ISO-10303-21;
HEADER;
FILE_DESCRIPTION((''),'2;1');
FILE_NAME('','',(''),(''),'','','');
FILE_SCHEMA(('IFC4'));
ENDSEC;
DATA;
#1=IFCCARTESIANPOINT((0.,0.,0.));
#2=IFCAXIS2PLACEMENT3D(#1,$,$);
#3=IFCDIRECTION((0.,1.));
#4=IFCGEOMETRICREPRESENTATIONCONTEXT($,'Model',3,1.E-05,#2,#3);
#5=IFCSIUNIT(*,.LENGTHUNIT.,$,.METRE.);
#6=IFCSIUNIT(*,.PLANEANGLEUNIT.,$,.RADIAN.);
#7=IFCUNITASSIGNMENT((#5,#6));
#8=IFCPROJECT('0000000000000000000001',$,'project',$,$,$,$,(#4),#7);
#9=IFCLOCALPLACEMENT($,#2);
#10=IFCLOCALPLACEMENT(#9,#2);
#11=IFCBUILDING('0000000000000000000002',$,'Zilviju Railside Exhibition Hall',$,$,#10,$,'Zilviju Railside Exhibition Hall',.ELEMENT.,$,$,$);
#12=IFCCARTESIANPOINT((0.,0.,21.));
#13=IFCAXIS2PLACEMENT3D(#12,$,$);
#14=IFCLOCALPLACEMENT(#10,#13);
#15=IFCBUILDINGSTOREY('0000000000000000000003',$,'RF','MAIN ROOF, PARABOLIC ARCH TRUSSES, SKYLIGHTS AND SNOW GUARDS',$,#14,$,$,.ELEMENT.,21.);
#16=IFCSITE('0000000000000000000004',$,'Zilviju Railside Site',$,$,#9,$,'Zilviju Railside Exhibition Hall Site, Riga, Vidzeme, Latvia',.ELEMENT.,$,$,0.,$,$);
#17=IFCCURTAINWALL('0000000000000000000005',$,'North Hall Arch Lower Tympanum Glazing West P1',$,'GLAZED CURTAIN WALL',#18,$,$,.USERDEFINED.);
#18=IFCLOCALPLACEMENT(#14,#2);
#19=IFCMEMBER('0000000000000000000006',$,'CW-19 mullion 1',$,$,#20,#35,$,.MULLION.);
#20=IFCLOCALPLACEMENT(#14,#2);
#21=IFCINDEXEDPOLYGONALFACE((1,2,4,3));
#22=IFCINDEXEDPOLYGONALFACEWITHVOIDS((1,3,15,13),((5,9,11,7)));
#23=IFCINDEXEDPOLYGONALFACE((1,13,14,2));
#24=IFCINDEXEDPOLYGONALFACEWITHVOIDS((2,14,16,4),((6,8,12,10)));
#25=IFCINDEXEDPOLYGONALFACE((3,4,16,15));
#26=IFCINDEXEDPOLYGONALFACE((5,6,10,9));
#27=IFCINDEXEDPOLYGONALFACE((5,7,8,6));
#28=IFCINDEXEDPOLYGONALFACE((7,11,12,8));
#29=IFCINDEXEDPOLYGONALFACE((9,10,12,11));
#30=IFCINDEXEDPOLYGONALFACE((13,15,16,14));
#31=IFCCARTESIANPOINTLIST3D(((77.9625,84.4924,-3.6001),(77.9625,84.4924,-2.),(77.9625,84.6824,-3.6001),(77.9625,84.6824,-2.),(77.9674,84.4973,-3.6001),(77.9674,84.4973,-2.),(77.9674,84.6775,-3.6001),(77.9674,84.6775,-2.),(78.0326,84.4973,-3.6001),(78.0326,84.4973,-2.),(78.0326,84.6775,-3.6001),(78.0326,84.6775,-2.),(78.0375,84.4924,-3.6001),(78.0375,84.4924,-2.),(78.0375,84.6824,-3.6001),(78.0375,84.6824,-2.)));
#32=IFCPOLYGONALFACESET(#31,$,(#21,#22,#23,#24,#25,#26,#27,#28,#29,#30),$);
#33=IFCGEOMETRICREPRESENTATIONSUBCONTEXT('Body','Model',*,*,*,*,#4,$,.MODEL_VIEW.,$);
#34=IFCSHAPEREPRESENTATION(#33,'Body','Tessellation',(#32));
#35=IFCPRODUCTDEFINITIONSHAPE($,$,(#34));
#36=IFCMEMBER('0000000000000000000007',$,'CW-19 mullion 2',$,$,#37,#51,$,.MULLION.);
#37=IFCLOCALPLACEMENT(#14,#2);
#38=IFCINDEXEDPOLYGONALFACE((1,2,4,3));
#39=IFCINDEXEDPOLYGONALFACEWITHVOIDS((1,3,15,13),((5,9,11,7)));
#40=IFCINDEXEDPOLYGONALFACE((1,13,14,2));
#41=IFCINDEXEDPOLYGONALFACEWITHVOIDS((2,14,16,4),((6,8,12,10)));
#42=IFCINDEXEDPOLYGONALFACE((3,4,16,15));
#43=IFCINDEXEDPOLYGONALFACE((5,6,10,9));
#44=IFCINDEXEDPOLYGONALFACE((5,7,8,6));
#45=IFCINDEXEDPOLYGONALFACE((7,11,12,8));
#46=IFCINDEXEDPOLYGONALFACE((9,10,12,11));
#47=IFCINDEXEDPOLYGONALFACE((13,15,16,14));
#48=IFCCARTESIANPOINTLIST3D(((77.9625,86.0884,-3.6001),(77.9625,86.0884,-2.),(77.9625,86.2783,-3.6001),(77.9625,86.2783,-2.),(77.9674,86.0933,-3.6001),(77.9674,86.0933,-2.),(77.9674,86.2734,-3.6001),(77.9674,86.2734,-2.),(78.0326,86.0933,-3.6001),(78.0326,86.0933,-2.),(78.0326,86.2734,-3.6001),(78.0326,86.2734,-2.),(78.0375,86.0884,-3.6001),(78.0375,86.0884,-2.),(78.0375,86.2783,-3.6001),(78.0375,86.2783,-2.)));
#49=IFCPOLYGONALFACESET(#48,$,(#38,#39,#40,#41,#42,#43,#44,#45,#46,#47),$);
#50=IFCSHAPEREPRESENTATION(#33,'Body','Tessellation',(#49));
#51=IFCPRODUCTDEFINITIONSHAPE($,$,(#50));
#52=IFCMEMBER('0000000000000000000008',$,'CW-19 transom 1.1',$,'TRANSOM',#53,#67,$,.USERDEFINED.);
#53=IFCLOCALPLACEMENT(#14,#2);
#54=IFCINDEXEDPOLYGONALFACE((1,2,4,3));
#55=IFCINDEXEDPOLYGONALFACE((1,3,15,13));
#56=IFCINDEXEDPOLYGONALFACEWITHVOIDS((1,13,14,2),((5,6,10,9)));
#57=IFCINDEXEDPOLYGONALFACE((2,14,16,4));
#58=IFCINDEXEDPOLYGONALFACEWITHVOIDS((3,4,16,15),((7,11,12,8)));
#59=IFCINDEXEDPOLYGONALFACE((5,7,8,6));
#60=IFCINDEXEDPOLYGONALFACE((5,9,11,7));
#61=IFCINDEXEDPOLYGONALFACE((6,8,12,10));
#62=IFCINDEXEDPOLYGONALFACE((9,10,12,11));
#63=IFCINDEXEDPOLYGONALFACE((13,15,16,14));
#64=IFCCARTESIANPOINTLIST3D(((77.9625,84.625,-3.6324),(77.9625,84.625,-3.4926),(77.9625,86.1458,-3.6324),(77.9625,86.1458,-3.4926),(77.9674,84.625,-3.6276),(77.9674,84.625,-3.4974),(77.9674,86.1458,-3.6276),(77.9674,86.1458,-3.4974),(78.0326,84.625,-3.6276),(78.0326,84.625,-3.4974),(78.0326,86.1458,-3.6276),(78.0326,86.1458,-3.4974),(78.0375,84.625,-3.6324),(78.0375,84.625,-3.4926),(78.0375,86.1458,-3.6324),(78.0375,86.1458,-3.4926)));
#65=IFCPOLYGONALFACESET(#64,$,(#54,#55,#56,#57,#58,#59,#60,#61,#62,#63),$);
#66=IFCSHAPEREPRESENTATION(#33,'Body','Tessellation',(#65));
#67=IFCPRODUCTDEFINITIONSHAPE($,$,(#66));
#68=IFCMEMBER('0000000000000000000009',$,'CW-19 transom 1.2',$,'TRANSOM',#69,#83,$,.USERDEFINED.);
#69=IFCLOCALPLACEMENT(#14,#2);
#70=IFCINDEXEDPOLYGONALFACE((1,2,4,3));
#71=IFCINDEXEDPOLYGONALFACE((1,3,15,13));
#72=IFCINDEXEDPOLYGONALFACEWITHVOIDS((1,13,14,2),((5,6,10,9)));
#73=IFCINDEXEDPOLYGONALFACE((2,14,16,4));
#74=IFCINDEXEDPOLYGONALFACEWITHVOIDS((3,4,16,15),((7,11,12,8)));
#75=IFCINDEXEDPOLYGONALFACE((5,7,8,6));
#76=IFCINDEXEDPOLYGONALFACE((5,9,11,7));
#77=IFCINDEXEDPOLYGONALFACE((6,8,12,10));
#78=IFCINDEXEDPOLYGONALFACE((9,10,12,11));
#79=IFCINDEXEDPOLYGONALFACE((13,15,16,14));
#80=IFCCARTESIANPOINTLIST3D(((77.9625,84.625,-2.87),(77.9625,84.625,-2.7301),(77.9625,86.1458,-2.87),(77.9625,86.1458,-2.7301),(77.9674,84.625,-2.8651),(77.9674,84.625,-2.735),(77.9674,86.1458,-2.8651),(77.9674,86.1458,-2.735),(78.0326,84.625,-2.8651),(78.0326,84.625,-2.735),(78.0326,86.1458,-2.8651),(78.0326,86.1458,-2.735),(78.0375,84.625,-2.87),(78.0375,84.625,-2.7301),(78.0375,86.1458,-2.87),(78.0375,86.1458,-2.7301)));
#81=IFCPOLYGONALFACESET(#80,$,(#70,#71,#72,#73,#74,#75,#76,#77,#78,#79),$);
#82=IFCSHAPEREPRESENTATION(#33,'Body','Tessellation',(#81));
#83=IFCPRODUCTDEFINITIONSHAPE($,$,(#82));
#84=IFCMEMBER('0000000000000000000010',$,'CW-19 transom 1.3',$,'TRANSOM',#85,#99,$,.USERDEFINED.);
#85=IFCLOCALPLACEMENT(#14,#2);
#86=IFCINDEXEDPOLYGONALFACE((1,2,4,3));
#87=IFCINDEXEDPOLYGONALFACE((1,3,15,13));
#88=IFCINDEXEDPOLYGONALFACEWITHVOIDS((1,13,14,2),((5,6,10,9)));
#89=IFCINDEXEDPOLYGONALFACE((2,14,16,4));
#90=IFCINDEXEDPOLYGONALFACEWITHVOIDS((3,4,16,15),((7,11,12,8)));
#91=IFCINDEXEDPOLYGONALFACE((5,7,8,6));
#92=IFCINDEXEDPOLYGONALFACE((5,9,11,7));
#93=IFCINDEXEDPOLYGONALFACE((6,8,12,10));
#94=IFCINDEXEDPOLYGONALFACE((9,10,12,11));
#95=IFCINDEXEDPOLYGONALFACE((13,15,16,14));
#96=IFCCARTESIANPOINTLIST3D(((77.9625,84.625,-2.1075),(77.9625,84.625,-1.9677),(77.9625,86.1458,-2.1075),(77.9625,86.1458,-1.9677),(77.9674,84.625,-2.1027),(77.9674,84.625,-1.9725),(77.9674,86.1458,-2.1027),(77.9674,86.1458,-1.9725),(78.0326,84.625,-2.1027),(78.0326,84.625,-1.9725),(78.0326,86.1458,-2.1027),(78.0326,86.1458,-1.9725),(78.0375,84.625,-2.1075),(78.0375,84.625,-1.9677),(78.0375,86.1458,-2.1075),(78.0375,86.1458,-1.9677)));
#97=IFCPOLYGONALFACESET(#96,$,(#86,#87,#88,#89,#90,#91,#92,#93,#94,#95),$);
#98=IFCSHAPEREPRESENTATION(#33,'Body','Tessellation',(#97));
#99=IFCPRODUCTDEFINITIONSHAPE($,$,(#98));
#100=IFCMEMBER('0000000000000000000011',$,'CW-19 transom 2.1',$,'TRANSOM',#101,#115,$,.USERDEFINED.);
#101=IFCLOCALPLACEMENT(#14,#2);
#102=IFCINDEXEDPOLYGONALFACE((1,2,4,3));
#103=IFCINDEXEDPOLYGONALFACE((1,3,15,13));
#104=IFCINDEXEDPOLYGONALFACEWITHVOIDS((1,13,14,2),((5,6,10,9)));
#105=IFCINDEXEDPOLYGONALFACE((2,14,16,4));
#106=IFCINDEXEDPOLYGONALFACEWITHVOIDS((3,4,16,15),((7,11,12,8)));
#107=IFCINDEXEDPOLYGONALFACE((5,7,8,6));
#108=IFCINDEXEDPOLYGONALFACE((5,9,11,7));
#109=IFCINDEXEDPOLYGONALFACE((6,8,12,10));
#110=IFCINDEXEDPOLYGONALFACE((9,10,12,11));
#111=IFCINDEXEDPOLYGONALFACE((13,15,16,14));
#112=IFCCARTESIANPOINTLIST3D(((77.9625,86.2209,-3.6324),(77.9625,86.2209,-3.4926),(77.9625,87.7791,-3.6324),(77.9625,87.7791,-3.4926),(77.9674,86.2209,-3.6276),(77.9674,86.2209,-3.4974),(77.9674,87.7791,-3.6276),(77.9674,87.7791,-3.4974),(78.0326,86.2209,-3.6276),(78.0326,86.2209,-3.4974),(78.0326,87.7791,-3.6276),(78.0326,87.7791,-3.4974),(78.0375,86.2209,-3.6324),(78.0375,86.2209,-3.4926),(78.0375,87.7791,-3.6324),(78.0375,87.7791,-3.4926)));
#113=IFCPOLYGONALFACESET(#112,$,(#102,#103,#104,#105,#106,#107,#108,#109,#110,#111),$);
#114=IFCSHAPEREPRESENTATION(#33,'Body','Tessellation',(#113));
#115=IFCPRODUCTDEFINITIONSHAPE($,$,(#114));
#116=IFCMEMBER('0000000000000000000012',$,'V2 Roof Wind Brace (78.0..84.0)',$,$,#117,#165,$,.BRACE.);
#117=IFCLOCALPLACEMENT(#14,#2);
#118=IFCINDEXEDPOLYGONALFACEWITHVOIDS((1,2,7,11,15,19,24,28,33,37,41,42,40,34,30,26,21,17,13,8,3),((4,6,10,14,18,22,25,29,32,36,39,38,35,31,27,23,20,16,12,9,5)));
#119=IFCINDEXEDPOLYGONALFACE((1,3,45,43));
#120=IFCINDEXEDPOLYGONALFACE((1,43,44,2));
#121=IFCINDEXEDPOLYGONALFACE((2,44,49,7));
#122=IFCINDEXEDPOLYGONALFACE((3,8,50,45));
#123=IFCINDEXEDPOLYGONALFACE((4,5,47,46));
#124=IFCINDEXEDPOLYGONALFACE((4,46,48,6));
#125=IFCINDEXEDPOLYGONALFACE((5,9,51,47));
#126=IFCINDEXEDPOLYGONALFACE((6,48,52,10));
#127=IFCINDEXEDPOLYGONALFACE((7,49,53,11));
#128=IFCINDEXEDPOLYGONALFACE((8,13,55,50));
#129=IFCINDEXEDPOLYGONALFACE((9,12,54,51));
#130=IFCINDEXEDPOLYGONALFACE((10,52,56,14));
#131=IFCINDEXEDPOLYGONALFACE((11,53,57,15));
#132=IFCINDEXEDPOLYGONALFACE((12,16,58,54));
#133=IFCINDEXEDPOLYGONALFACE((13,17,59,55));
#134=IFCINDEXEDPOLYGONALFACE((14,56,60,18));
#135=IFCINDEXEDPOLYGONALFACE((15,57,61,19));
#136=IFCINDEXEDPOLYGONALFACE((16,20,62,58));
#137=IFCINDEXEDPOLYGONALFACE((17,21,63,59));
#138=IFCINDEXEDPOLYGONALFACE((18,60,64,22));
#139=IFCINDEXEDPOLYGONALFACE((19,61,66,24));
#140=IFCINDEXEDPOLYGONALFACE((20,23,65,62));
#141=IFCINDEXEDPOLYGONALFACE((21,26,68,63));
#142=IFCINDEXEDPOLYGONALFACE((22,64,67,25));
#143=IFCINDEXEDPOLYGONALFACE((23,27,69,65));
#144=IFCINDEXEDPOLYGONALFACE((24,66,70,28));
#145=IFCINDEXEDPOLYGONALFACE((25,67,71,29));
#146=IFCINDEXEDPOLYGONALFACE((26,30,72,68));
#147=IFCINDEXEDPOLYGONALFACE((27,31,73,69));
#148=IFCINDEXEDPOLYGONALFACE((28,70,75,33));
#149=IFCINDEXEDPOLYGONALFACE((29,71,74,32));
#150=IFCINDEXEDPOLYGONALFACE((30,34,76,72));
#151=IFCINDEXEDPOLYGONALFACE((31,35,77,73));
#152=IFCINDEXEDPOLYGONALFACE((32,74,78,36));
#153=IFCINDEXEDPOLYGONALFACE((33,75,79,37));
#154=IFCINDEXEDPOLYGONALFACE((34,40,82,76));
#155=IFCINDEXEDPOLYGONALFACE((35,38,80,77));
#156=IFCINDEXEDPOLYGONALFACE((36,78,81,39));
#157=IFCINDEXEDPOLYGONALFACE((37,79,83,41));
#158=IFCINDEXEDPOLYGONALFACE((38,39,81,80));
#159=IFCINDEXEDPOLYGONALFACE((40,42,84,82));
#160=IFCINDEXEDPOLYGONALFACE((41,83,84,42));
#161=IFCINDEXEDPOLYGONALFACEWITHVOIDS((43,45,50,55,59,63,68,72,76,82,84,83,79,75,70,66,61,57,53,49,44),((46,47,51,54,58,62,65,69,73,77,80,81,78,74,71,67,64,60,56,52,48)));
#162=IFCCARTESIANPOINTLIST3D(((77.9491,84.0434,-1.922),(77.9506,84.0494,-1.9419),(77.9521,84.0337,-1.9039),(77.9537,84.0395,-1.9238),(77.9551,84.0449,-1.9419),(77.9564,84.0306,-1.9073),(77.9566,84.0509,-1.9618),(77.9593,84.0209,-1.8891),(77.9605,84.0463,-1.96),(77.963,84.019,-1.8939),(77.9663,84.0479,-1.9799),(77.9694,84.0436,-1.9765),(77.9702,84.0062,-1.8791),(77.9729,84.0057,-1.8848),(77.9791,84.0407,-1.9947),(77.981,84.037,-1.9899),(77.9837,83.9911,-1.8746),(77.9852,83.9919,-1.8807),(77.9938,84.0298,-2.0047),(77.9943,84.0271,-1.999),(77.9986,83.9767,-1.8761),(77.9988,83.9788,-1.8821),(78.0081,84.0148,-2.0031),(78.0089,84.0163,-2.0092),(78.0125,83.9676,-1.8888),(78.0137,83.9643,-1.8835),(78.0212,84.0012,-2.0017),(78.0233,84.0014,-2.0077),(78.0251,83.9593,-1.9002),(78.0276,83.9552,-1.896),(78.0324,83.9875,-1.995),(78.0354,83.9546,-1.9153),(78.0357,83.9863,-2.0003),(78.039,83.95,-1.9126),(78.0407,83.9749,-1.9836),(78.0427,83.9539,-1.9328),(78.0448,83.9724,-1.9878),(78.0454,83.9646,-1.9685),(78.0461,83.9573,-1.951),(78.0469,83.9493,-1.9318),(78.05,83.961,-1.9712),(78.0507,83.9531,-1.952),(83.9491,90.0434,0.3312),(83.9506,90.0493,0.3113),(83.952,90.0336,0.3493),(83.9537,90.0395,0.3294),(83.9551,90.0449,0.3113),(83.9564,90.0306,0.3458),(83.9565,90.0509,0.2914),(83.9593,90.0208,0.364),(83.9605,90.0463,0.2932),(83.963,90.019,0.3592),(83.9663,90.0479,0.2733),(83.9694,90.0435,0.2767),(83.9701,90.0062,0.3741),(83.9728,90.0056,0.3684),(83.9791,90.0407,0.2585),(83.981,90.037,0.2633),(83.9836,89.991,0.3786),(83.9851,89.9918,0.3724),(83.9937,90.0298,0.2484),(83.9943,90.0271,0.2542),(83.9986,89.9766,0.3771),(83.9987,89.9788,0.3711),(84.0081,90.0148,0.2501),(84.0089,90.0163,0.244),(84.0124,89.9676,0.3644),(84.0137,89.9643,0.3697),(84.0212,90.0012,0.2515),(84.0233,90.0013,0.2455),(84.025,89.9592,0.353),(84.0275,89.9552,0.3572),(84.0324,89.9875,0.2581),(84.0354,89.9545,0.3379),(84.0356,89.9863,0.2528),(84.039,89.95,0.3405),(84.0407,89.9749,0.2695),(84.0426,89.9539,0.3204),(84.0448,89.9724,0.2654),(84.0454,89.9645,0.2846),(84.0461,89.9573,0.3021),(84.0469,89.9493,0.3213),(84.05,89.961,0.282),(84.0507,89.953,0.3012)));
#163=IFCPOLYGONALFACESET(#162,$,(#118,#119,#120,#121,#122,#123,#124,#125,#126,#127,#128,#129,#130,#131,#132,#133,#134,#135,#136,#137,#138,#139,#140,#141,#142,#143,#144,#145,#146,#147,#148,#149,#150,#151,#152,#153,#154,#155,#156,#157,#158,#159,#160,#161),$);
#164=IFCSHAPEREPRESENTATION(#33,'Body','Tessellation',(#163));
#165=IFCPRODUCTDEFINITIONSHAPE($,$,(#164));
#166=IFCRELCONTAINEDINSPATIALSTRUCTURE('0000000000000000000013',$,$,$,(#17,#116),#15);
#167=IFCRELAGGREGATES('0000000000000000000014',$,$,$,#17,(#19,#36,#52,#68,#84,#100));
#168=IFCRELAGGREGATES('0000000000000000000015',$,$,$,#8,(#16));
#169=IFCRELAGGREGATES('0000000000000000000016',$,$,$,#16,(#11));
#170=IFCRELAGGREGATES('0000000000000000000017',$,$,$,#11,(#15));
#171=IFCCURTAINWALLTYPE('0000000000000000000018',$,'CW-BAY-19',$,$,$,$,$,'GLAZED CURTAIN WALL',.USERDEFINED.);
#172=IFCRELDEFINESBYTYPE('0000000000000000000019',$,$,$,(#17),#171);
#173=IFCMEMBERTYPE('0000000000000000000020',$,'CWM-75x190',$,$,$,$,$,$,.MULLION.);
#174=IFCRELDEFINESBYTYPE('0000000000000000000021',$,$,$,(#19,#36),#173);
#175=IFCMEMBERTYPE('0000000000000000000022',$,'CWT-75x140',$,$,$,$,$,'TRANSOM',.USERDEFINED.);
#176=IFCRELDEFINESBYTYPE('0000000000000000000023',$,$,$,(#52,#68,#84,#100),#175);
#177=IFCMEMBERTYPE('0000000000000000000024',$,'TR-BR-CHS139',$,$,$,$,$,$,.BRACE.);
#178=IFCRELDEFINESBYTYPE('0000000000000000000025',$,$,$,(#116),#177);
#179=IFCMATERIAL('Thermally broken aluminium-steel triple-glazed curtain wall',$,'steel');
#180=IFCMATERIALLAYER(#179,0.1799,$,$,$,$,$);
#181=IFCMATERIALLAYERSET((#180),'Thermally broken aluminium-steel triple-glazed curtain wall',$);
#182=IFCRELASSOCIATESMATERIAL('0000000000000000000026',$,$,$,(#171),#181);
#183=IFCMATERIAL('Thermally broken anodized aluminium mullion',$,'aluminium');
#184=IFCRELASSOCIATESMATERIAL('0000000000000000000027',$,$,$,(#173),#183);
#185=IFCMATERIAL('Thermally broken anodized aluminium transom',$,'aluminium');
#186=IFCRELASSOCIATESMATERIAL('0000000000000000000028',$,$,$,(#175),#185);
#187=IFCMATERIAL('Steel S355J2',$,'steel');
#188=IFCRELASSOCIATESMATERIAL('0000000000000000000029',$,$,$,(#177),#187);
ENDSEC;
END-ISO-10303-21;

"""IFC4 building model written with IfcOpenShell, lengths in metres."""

from ifc_helpers import new_model, si_unit, direction, frame, origin, origin_2d, place, context, subcontext, project, spatial, hollow_rectangle, hollow_circle, extrude, material, layer, layer_set, material_profile, profile_set, type_object, element, aggregate, save


model = new_model("IFC4")

# Units and contexts
model_context = context("Model", 3, precision=1e-05, world=origin(), true_north=direction((0.0, 1.0)))
body_context = subcontext(model_context, "Body", "Model", "MODEL_VIEW")
ifc_project = project(units=[si_unit("LENGTHUNIT", "METRE"), si_unit("PLANEANGLEUNIT", "RADIAN")], contexts=[model_context])

# Site, building, storey
site_placement = place(None, origin())
site = spatial("IfcSite", under=ifc_project, at=site_placement, Name="Zilviju Railside Site", LongName="Zilviju Railside Exhibition Hall Site, Riga, Vidzeme, Latvia", CompositionType="ELEMENT", RefElevation=0.0)
building_placement = place(site_placement, origin())
building = spatial("IfcBuilding", under=site, at=building_placement, Name="Zilviju Railside Exhibition Hall", LongName="Zilviju Railside Exhibition Hall", CompositionType="ELEMENT")
storey_placement = place(building_placement, frame((0.0, 0.0, 21.0)))
storey = spatial("IfcBuildingStorey", under=building, at=storey_placement, Name="RF", Description="MAIN ROOF, PARABOLIC ARCH TRUSSES, SKYLIGHTS AND SNOW GUARDS", CompositionType="ELEMENT", Elevation=21.0)

# Curtain wall, members
ifc_material_1 = material(Name="Thermally broken aluminium-steel triple-glazed curtain wall", Category="steel")
ifc_layer_1 = layer(ifc_material_1, 0.1799)
ifc_layer_set_1 = layer_set([ifc_layer_1], Name="Thermally broken aluminium-steel triple-glazed curtain wall")
curtain_wall_type = type_object("IfcCurtainWallType", Name="CW-BAY-19", ElementType="GLAZED CURTAIN WALL", PredefinedType="USERDEFINED", material=ifc_layer_set_1)
curtain_wall_placement = place(storey_placement, origin())
curtain_wall = element("IfcCurtainWall", 1, at=curtain_wall_placement, inside=storey, type_object=curtain_wall_type, Name="North Hall Arch Lower Tympanum Glazing West P1", ObjectType="GLAZED CURTAIN WALL", PredefinedType="USERDEFINED")
ifc_material_2 = material(Name="Thermally broken anodized aluminium mullion", Category="aluminium")
ifc_material_profile_1 = material_profile(ifc_material_2, hollow_rectangle(XDim=0.075, YDim=0.1899, WallThickness=0.0049, at=origin_2d()), Name="MULLION 190x75x5")
ifc_profile_set_1 = profile_set([ifc_material_profile_1], Name="Thermally broken anodized aluminium mullion")
member_type_1 = type_object("IfcMemberType", Name="CWM-75x190", PredefinedType="MULLION", material=ifc_profile_set_1)
member_1_placement = place(storey_placement, frame((78.0, 84.5874, -3.6001), z_axis=(0.0, 0.0, 1.0), x_axis=(-1.0, 0.0, 0.0)))
member_1 = element("IfcMember", 2, at=member_1_placement, type_object=member_type_1, Name="CW-19 mullion 1", PredefinedType="MULLION", context=body_context, shape_type="SweptSolid", body=[
    extrude(hollow_rectangle(XDim=0.075, YDim=0.1899, WallThickness=0.0049, at=origin_2d()), origin(), (0.0, 0.0, 1.0), 1.6001),
])
member_2_placement = place(storey_placement, frame((78.0, 86.1833, -3.6001), z_axis=(0.0, 0.0, 1.0), x_axis=(-1.0, 0.0, 0.0)))
member_2 = element("IfcMember", 3, at=member_2_placement, type_object=member_type_1, Name="CW-19 mullion 2", PredefinedType="MULLION", context=body_context, shape_type="SweptSolid", body=[
    extrude(hollow_rectangle(XDim=0.075, YDim=0.1899, WallThickness=0.0049, at=origin_2d()), origin(), (0.0, 0.0, 1.0), 1.6001),
])
ifc_material_3 = material(Name="Thermally broken anodized aluminium transom", Category="aluminium")
ifc_material_profile_2 = material_profile(ifc_material_3, hollow_rectangle(XDim=0.075, YDim=0.1399, WallThickness=0.0049, at=origin_2d()), Name="TRANSOM 140x75x5")
ifc_profile_set_2 = profile_set([ifc_material_profile_2], Name="Thermally broken anodized aluminium transom")
member_type_2 = type_object("IfcMemberType", Name="CWT-75x140", ElementType="TRANSOM", PredefinedType="USERDEFINED", material=ifc_profile_set_2)
member_3_placement = place(storey_placement, frame((78.0, 84.625, -3.5625), z_axis=(0.0, 1.0, 0.0), x_axis=(-1.0, 0.0, 0.0)))
member_3 = element("IfcMember", 4, at=member_3_placement, type_object=member_type_2, Name="CW-19 transom 1.1", ObjectType="TRANSOM", PredefinedType="USERDEFINED", context=body_context, shape_type="SweptSolid", body=[
    extrude(hollow_rectangle(XDim=0.075, YDim=0.1399, WallThickness=0.0049, at=origin_2d()), origin(), (0.0, 0.0, 1.0), 1.5208),
])
member_4_placement = place(storey_placement, frame((78.0, 84.625, -2.8), z_axis=(0.0, 1.0, 0.0), x_axis=(-1.0, 0.0, 0.0)))
member_4 = element("IfcMember", 5, at=member_4_placement, type_object=member_type_2, Name="CW-19 transom 1.2", ObjectType="TRANSOM", PredefinedType="USERDEFINED", context=body_context, shape_type="SweptSolid", body=[
    extrude(hollow_rectangle(XDim=0.075, YDim=0.1399, WallThickness=0.0049, at=origin_2d()), origin(), (0.0, 0.0, 1.0), 1.5208),
])
member_5_placement = place(storey_placement, frame((78.0, 84.625, -2.0376), z_axis=(0.0, 1.0, 0.0), x_axis=(-1.0, 0.0, 0.0)))
member_5 = element("IfcMember", 6, at=member_5_placement, type_object=member_type_2, Name="CW-19 transom 1.3", ObjectType="TRANSOM", PredefinedType="USERDEFINED", context=body_context, shape_type="SweptSolid", body=[
    extrude(hollow_rectangle(XDim=0.075, YDim=0.1399, WallThickness=0.0049, at=origin_2d()), origin(), (0.0, 0.0, 1.0), 1.5208),
])
member_6_placement = place(storey_placement, frame((78.0, 86.2209, -3.5625), z_axis=(0.0, 1.0, 0.0), x_axis=(-1.0, 0.0, 0.0)))
member_6 = element("IfcMember", 7, at=member_6_placement, type_object=member_type_2, Name="CW-19 transom 2.1", ObjectType="TRANSOM", PredefinedType="USERDEFINED", context=body_context, shape_type="SweptSolid", body=[
    extrude(hollow_rectangle(XDim=0.075, YDim=0.1399, WallThickness=0.0049, at=origin_2d()), origin(), (0.0, 0.0, 1.0), 1.5581),
])

# Member
ifc_material_4 = material(Name="Steel S355J2", Category="steel")
ifc_material_profile_3 = material_profile(ifc_material_4, hollow_circle(Radius=0.0698, WallThickness=0.0063, at=origin_2d()), Name="CHS 139.7x6.3")
ifc_profile_set_3 = profile_set([ifc_material_profile_3], Name="Steel S355J2")
member_type_3 = type_object("IfcMemberType", Name="TR-BR-CHS139", PredefinedType="BRACE", material=ifc_profile_set_3)
member_7_placement = place(storey_placement, frame((78.0, 84.0, -1.9419), z_axis=(0.683423, 0.683423, 0.256645), x_axis=(-0.707107, 0.707107, 0.0)))
element("IfcMember", 8, at=member_7_placement, inside=storey, type_object=member_type_3, Name="V2 Roof Wind Brace (78.0..84.0)", PredefinedType="BRACE", context=body_context, shape_type="SweptSolid", body=[
    extrude(hollow_circle(Radius=0.0698, WallThickness=0.0063, at=origin_2d()), origin(), (0.0, 0.0, 1.0), 8.7793),
])

aggregate(curtain_wall, [member_1, member_2, member_3, member_4, member_5, member_6])

save(model, "model.ifc")
